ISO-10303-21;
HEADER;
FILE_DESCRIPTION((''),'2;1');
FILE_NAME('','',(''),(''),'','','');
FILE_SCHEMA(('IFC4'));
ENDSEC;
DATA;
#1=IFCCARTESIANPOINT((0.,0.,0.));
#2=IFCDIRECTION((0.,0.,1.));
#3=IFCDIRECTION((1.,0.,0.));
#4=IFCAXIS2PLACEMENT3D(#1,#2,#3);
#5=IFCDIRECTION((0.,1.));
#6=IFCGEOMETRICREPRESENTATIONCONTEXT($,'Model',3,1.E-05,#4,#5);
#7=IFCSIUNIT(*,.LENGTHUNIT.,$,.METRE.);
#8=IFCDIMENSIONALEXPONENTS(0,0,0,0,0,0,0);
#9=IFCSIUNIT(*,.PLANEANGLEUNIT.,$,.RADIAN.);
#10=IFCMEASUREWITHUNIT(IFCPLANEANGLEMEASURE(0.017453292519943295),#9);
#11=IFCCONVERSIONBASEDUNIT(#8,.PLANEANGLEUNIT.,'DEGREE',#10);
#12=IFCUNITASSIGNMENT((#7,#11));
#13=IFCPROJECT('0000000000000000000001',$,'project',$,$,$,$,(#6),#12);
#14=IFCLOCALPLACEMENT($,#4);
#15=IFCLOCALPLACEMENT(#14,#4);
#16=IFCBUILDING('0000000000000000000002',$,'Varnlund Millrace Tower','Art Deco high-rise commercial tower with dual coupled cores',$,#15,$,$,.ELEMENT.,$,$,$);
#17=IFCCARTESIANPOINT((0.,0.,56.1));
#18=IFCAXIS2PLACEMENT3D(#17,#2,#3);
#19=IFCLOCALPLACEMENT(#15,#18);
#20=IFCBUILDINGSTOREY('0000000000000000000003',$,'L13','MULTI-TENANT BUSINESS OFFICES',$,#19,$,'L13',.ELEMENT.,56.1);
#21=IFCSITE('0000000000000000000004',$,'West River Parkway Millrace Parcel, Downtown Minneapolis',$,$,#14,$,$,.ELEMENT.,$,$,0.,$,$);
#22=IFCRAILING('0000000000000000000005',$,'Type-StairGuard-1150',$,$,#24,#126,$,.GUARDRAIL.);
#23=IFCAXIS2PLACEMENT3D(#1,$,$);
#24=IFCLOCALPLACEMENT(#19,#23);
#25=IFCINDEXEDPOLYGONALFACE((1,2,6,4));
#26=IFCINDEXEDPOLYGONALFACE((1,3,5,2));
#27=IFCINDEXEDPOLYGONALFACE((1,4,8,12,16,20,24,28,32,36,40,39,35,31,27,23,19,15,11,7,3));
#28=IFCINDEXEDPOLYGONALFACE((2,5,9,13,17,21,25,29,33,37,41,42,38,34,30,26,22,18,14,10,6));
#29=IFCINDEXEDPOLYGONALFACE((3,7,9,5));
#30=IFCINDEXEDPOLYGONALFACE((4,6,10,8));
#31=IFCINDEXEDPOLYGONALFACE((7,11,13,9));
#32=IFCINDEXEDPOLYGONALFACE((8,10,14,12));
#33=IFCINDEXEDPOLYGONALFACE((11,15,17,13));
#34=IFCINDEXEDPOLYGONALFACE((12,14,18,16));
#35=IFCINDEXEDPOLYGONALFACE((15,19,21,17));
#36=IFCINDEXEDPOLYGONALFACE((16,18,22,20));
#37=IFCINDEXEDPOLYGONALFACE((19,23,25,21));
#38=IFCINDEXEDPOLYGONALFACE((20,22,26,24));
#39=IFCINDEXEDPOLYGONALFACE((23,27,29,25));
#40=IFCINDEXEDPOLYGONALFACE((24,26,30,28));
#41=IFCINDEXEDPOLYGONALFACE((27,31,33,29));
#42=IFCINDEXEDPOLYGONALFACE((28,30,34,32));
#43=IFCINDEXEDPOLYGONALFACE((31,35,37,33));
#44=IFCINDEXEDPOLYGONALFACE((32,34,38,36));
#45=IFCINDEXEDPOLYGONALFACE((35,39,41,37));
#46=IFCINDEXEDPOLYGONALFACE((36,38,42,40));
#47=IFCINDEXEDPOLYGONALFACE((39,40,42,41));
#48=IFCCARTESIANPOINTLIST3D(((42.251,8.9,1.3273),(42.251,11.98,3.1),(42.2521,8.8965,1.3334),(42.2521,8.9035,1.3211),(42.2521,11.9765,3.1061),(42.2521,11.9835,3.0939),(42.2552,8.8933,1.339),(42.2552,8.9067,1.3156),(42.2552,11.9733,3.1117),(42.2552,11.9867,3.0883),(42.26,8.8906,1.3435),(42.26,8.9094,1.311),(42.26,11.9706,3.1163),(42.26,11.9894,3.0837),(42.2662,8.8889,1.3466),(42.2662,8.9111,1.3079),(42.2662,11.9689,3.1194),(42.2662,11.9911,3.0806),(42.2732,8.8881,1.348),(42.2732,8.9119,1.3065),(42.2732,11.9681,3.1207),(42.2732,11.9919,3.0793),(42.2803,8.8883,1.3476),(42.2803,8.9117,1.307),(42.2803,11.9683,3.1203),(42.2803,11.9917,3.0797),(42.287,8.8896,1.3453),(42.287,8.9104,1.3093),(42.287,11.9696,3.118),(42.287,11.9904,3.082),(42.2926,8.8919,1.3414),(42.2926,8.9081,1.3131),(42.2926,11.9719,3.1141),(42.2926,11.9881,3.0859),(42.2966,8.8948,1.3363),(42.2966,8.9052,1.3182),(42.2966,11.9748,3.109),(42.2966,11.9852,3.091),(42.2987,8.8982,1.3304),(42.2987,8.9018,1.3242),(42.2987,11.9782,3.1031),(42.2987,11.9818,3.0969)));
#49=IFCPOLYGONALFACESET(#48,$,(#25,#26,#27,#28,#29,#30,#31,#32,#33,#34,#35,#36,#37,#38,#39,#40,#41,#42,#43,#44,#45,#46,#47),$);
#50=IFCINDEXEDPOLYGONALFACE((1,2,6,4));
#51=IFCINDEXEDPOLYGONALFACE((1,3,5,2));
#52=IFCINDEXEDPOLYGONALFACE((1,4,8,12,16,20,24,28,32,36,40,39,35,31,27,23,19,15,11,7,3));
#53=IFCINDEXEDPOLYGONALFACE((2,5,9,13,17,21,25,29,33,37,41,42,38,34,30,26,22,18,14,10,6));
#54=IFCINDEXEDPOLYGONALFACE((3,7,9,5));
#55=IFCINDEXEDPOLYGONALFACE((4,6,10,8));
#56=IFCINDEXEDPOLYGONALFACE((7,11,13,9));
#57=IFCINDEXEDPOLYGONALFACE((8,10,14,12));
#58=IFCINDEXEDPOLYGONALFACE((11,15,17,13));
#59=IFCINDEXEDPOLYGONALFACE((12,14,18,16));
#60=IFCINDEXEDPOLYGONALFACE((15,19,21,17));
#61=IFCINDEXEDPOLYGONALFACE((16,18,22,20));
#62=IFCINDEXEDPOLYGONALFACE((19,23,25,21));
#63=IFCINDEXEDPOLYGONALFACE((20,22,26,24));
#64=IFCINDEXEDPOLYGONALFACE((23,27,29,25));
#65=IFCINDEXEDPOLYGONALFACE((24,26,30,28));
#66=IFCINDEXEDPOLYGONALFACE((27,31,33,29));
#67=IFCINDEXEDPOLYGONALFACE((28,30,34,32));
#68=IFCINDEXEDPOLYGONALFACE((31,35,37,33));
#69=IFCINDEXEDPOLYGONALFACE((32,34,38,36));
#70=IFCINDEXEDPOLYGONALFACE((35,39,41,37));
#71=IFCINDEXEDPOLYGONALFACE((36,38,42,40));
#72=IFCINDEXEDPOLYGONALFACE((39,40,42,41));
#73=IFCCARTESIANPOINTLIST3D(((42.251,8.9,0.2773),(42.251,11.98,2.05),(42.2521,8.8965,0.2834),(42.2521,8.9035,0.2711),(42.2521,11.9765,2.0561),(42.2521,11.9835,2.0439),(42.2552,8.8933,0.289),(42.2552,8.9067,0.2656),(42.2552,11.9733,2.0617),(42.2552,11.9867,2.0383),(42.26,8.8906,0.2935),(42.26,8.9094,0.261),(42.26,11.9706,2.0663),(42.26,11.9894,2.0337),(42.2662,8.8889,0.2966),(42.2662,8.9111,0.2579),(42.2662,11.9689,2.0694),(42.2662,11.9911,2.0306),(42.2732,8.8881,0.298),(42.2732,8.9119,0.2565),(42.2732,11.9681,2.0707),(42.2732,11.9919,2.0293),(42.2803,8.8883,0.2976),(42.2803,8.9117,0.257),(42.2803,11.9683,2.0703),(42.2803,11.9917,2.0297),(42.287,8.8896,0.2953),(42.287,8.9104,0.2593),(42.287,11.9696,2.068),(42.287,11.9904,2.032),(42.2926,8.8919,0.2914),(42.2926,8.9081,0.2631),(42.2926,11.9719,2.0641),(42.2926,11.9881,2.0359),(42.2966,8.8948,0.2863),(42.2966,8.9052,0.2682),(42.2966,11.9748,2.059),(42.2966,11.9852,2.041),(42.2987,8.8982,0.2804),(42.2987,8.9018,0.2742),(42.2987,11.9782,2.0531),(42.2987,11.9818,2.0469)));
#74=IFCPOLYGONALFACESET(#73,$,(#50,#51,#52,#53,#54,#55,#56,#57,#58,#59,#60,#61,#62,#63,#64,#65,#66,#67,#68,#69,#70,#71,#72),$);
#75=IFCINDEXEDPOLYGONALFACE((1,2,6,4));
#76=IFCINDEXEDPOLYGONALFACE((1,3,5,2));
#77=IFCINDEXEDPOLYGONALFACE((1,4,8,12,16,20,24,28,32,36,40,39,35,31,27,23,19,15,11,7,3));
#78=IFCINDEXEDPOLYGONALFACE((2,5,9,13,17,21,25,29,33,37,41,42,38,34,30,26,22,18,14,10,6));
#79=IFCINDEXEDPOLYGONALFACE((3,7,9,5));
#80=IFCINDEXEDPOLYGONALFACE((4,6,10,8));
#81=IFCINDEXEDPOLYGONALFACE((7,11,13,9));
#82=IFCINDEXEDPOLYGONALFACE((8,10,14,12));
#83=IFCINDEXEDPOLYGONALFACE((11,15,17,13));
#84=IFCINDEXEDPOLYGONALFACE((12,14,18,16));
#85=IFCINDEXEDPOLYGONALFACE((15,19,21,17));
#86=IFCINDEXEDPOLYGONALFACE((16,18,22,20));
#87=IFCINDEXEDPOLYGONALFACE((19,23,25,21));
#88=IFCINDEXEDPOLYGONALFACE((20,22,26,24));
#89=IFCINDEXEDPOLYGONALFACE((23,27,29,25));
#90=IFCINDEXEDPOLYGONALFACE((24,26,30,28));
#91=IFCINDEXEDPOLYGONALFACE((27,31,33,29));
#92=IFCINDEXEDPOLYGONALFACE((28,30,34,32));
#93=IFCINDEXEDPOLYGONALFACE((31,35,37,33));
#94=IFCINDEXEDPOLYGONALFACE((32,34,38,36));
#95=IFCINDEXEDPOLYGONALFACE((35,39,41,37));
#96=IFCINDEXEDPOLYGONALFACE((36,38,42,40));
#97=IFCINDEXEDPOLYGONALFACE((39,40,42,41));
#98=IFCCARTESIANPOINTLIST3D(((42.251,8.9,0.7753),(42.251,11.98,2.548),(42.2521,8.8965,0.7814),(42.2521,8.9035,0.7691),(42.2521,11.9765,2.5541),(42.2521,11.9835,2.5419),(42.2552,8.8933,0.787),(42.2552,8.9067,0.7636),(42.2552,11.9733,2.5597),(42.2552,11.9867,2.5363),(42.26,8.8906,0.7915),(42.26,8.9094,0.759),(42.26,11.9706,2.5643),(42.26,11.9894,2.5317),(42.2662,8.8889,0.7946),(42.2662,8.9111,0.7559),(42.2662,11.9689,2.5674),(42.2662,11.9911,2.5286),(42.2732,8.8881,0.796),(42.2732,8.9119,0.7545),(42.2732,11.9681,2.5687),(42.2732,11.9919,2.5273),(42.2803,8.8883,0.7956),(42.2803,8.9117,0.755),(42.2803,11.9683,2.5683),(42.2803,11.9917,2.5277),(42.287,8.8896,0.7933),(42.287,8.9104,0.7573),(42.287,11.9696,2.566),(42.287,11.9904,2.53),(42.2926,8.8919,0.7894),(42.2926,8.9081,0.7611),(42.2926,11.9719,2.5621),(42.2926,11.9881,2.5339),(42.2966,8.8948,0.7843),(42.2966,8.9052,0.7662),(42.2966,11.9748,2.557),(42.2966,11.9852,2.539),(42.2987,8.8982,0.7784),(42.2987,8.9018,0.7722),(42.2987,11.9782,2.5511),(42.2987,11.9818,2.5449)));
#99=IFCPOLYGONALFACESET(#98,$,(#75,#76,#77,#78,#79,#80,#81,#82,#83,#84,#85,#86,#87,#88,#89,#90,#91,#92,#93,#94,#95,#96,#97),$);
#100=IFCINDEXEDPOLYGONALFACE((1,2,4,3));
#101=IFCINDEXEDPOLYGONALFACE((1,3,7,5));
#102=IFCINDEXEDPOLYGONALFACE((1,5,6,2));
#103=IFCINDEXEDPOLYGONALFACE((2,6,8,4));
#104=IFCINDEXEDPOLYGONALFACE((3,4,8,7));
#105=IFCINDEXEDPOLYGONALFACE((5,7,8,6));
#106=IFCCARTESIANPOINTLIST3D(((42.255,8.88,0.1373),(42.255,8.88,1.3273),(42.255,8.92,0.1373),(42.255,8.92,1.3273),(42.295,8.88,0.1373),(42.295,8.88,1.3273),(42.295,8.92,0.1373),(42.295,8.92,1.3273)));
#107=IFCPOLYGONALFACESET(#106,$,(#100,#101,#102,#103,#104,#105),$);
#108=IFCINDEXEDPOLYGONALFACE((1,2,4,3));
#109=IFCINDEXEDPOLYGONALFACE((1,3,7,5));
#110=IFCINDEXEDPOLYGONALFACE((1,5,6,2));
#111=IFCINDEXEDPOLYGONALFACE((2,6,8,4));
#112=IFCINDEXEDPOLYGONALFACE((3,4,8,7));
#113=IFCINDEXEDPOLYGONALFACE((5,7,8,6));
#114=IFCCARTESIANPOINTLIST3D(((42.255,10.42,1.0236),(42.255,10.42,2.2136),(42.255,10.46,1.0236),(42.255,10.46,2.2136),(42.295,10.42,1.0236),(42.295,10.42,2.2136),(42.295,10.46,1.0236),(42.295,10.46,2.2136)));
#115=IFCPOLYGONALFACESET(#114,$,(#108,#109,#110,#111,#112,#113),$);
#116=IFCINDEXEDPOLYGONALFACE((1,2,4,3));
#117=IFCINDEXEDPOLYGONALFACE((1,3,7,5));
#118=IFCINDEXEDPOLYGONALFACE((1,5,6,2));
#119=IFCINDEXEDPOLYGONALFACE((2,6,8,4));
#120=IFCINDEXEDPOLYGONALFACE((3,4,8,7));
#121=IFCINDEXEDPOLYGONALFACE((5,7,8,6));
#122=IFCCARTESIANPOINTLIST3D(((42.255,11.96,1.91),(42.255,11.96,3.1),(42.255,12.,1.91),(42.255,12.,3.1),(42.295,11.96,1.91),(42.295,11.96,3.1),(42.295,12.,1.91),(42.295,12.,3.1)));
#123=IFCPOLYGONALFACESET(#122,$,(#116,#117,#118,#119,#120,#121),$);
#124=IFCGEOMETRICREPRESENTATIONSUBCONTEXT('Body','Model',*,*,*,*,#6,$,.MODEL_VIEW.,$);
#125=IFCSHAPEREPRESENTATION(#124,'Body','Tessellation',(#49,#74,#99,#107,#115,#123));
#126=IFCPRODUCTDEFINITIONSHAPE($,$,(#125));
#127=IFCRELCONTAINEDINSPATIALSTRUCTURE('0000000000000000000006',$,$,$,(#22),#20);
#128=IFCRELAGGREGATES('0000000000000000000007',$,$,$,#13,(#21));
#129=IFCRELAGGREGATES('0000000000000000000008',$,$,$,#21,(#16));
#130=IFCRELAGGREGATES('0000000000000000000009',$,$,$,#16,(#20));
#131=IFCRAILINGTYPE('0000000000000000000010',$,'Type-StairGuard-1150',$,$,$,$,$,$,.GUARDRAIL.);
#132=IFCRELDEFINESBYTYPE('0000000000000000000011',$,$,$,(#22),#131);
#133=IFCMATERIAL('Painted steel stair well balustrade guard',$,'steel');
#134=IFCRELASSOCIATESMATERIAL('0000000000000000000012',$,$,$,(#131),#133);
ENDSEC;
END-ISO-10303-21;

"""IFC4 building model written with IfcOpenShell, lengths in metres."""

from ifc_helpers import new_model, entity, si_unit, converted_unit, direction, frame, origin_with_axes, origin_2d_with_axis, place, context, subcontext, project, spatial, rectangle, circle, extrude, material, type_object, element, save


model = new_model("IFC4")

# Units and contexts
model_context = context("Model", 3, precision=1e-05, world=origin_with_axes(), true_north=direction((0.0, 1.0)))
body_context = subcontext(model_context, "Body", "Model", "MODEL_VIEW")
ifc_project = project(units=[si_unit("LENGTHUNIT", "METRE"), converted_unit("PLANEANGLEUNIT", "DEGREE", entity("IfcPlaneAngleMeasure", 0.017453292519943295), si_unit("PLANEANGLEUNIT", "RADIAN"), dimensions=[0, 0, 0, 0, 0, 0, 0])], contexts=[model_context])

# Site, building, storey
site_placement = place(None, origin_with_axes())
site = spatial("IfcSite", under=ifc_project, at=site_placement, Name="West River Parkway Millrace Parcel, Downtown Minneapolis", CompositionType="ELEMENT", RefElevation=0.0)
building_placement = place(site_placement, origin_with_axes())
building = spatial("IfcBuilding", under=site, at=building_placement, Name="Varnlund Millrace Tower", Description="Art Deco high-rise commercial tower with dual coupled cores", CompositionType="ELEMENT")
storey_placement = place(building_placement, frame((0.0, 0.0, 56.1), z_axis=(0.0, 0.0, 1.0), x_axis=(1.0, 0.0, 0.0)))
storey = spatial("IfcBuildingStorey", under=building, at=storey_placement, Name="L13", Description="MULTI-TENANT BUSINESS OFFICES", LongName="L13", CompositionType="ELEMENT", Elevation=56.1)

# Railing
ifc_material_1 = material(Name="Painted steel stair well balustrade guard", Category="steel")
railing_type_1 = type_object("IfcRailingType", Name="Type-StairGuard-1150", PredefinedType="GUARDRAIL", material=ifc_material_1)
railing_1_placement = place(storey_placement, frame((0.0, 0.0, -56.1), z_axis=(0.0, 0.0, 1.0), x_axis=(1.0, 0.0, 0.0)))
element("IfcRailing", 1, at=railing_1_placement, inside=storey, type_object=railing_type_1, Name="Type-StairGuard-1150", PredefinedType="GUARDRAIL", context=body_context, shape_type="SweptSolid", body=[
    extrude(circle(Radius=0.024, at=origin_2d_with_axis()), frame((42.275, 8.9, 57.4273), z_axis=(0.0, 0.866696, 0.498836), x_axis=(-1.0, 0.0, 0.0)), (0.0, 0.0, 1.0), 3.5537),
    extrude(circle(Radius=0.024, at=origin_2d_with_axis()), frame((42.275, 8.9, 56.3773), z_axis=(0.0, 0.866696, 0.498836), x_axis=(-1.0, 0.0, 0.0)), (0.0, 0.0, 1.0), 3.5537),
    extrude(circle(Radius=0.024, at=origin_2d_with_axis()), frame((42.275, 8.9, 56.8753), z_axis=(0.0, 0.866696, 0.498836), x_axis=(-1.0, 0.0, 0.0)), (0.0, 0.0, 1.0), 3.5537),
    extrude(rectangle(XDim=0.04, YDim=0.04, at=origin_2d_with_axis()), frame((42.275, 8.9, 56.2373), z_axis=(0.0, 0.0, 1.0), x_axis=(1.0, 0.0, 0.0)), (0.0, 0.0, 1.0), 1.19),
    extrude(rectangle(XDim=0.04, YDim=0.04, at=origin_2d_with_axis()), frame((42.275, 10.44, 57.1236), z_axis=(0.0, 0.0, 1.0), x_axis=(1.0, 0.0, 0.0)), (0.0, 0.0, 1.0), 1.19),
    extrude(rectangle(XDim=0.04, YDim=0.04, at=origin_2d_with_axis()), frame((42.275, 11.98, 58.01), z_axis=(0.0, 0.0, 1.0), x_axis=(1.0, 0.0, 0.0)), (0.0, 0.0, 1.0), 1.19),
])

save(model, "model.ifc")
